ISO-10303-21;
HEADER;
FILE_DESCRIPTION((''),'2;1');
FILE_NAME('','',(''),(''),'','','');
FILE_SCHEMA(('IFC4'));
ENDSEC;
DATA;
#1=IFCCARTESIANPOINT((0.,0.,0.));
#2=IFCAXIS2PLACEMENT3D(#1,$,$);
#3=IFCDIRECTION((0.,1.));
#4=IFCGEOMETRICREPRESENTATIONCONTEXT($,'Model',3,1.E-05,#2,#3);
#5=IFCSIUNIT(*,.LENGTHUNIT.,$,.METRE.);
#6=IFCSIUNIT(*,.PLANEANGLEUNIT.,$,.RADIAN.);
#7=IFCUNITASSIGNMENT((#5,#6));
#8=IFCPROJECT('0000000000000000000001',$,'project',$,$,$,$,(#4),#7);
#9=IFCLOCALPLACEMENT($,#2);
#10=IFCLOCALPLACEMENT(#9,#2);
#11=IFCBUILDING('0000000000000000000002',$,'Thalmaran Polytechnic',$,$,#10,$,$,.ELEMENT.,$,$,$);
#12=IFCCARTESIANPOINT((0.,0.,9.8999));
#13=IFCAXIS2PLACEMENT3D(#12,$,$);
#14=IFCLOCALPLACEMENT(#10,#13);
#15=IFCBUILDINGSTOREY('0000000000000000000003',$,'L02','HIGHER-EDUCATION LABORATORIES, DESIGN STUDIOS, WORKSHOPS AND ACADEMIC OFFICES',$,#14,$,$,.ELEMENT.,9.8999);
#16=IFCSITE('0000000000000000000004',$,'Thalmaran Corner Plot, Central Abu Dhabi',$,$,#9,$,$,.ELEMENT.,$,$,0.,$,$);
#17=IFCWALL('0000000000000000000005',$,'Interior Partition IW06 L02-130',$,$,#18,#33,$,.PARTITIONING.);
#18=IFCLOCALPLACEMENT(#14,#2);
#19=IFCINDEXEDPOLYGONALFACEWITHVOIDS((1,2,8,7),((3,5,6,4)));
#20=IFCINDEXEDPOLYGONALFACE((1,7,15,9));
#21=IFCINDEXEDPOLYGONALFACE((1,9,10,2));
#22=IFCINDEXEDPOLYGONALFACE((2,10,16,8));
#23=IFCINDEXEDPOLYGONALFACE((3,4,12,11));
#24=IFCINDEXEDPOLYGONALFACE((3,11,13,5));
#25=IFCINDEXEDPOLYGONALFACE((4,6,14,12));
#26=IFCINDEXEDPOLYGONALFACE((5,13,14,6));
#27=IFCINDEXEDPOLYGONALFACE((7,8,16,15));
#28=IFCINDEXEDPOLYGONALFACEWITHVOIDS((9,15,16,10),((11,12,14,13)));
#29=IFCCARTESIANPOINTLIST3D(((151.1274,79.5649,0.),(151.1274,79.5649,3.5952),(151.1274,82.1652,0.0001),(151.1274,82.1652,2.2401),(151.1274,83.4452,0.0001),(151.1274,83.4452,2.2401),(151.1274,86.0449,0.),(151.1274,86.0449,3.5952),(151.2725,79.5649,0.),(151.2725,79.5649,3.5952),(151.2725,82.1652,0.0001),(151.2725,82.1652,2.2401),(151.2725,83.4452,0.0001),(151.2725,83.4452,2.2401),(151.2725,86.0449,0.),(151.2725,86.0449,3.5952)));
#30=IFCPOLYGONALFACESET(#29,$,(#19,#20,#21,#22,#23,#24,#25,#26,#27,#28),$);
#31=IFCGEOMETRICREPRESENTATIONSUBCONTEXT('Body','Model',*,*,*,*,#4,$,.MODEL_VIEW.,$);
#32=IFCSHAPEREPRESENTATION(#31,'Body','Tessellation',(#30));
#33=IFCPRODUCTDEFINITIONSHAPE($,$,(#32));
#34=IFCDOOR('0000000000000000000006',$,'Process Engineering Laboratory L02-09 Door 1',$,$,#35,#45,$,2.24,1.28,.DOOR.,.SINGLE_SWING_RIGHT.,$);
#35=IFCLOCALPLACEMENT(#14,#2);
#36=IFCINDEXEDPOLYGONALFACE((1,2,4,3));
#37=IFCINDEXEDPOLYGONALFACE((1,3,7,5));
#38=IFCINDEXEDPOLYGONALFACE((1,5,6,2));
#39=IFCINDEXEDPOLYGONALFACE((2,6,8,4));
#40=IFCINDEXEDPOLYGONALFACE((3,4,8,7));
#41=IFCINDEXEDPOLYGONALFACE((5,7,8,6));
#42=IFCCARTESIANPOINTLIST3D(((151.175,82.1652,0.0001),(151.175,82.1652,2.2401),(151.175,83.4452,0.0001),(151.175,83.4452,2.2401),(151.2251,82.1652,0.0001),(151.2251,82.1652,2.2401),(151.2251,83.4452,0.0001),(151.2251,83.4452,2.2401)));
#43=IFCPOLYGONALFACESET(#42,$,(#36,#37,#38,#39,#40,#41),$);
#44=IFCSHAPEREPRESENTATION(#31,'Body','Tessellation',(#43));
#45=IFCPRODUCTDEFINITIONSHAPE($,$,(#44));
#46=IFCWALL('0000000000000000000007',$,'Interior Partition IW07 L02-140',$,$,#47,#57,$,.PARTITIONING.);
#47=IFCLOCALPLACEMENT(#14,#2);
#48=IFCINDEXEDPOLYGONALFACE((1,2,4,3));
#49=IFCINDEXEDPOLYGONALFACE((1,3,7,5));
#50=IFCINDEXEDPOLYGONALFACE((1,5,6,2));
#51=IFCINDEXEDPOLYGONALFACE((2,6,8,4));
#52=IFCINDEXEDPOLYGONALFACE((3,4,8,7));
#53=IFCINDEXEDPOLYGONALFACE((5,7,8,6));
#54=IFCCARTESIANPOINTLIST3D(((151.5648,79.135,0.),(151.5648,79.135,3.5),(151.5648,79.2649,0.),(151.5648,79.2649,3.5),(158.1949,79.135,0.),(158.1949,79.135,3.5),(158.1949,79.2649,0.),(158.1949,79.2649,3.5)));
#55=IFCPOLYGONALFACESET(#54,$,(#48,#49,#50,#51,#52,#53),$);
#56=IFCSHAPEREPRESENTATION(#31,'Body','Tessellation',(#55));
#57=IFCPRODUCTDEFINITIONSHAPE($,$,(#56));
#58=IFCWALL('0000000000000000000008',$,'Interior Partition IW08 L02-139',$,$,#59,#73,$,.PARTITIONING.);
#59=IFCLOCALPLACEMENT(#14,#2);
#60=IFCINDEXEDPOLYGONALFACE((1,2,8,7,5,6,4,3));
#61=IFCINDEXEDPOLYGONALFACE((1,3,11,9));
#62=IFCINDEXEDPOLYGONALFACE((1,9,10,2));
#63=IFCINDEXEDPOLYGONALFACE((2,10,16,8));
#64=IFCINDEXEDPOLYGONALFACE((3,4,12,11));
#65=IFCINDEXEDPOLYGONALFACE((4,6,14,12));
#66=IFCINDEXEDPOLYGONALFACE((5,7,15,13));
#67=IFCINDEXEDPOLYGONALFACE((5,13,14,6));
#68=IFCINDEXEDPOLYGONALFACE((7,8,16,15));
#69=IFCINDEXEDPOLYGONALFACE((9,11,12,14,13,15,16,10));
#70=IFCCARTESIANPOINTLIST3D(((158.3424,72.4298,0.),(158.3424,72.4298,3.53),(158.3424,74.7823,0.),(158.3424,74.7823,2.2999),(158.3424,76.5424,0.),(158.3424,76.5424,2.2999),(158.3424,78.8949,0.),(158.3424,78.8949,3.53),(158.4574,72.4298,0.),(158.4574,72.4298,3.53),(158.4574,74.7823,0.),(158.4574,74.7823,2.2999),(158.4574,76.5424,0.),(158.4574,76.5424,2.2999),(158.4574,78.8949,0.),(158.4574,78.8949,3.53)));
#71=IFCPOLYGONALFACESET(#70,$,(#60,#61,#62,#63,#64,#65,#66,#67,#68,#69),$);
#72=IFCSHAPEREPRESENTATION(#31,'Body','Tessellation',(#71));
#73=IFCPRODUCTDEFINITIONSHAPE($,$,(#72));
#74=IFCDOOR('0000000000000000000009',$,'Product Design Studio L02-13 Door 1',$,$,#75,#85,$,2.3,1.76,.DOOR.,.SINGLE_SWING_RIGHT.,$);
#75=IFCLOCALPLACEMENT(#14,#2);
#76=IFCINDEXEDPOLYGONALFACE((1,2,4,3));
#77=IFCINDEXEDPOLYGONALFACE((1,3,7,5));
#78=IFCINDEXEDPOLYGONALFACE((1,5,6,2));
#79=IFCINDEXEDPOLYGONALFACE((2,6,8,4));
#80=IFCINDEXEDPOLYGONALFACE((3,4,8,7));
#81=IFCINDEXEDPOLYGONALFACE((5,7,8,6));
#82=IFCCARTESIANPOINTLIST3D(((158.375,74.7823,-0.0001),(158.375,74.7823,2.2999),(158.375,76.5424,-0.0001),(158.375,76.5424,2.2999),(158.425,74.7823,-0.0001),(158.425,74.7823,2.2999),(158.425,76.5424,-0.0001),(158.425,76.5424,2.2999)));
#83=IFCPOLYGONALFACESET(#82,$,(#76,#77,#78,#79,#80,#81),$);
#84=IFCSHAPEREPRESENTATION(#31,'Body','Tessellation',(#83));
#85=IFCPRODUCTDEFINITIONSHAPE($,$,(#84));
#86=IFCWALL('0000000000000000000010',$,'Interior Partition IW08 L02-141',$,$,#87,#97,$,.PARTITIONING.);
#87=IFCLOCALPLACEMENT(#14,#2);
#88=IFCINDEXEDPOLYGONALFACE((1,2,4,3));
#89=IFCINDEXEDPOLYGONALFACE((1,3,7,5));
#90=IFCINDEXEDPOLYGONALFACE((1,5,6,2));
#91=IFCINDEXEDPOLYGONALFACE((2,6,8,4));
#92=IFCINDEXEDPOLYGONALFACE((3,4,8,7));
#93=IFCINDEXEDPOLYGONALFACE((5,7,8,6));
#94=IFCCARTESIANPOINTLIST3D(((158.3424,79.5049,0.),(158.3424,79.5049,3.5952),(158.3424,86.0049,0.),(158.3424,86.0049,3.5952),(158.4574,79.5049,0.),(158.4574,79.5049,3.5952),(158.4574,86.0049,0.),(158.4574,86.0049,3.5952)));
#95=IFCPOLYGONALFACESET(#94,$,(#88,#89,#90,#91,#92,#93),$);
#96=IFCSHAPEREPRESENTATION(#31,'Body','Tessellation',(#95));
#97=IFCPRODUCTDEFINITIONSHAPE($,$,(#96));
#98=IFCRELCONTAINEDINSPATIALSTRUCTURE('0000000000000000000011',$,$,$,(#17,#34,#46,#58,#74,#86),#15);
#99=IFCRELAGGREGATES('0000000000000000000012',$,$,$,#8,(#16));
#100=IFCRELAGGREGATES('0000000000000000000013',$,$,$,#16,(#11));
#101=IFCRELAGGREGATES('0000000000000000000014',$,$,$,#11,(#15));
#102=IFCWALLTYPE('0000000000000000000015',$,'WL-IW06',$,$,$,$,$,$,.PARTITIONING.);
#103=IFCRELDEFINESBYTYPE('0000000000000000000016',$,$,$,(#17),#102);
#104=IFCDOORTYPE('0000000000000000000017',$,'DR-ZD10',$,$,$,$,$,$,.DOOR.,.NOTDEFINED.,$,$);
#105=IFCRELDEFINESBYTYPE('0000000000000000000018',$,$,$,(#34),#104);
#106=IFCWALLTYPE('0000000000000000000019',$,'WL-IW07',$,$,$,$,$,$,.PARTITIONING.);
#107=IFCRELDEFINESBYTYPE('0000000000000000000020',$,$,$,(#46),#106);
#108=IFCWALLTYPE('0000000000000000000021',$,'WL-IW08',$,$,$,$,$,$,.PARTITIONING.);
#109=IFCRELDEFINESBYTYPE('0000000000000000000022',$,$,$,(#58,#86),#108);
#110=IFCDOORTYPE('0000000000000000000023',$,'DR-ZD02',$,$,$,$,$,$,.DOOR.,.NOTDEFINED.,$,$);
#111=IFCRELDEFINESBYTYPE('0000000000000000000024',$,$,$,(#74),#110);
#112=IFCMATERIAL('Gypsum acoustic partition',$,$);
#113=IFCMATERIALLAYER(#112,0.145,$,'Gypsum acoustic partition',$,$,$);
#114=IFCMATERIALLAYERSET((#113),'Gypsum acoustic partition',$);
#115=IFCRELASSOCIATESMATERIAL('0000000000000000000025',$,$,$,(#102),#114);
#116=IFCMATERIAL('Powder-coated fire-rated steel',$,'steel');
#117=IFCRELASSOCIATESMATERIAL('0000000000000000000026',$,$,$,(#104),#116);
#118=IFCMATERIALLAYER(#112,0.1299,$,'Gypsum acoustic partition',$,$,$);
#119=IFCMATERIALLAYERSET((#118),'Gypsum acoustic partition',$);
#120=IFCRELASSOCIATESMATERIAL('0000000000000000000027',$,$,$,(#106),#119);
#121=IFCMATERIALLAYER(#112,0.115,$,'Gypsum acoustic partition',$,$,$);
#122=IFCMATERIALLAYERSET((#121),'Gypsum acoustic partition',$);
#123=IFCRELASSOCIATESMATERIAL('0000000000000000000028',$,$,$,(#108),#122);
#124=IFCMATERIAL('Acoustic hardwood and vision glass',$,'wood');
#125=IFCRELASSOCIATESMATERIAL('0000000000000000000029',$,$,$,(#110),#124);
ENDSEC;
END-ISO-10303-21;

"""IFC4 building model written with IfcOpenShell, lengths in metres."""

from ifc_helpers import new_model, si_unit, direction, frame, frame_2d, origin, place, context, subcontext, project, spatial, rectangle, extrude, material, layer, layer_set, type_object, element, fill, save


model = new_model("IFC4")

# Units and contexts
model_context = context("Model", 3, precision=1e-05, world=origin(), true_north=direction((0.0, 1.0)))
body_context = subcontext(model_context, "Body", "Model", "MODEL_VIEW")
ifc_project = project(units=[si_unit("LENGTHUNIT", "METRE"), si_unit("PLANEANGLEUNIT", "RADIAN")], contexts=[model_context])

# Site, building, storey
site_placement = place(None, origin())
site = spatial("IfcSite", under=ifc_project, at=site_placement, Name="Thalmaran Corner Plot, Central Abu Dhabi", CompositionType="ELEMENT", RefElevation=0.0)
building_placement = place(site_placement, origin())
building = spatial("IfcBuilding", under=site, at=building_placement, Name="Thalmaran Polytechnic", CompositionType="ELEMENT")
storey_placement = place(building_placement, frame((0.0, 0.0, 9.8999)))
storey = spatial("IfcBuildingStorey", under=building, at=storey_placement, Name="L02", Description="HIGHER-EDUCATION LABORATORIES, DESIGN STUDIOS, WORKSHOPS AND ACADEMIC OFFICES", CompositionType="ELEMENT", Elevation=9.8999)

# Wall, opening, door
ifc_material_1 = material(Name="Gypsum acoustic partition")
ifc_layer_1 = layer(ifc_material_1, 0.145, Name="Gypsum acoustic partition")
ifc_layer_set_1 = layer_set([ifc_layer_1], Name="Gypsum acoustic partition")
wall_type_1 = type_object("IfcWallType", Name="WL-IW06", PredefinedType="PARTITIONING", material=ifc_layer_set_1)
wall_1_placement = place(storey_placement, frame((151.2, 79.5649, 0.0), z_axis=(0.0, 0.0, 1.0), x_axis=(0.0, 1.0, 0.0)))
wall_1 = element("IfcWall", 1, at=wall_1_placement, inside=storey, type_object=wall_type_1, Name="Interior Partition IW06 L02-130", PredefinedType="PARTITIONING", context=body_context, shape_type="SweptSolid", body=[
    extrude(rectangle(XDim=6.48, YDim=0.145, at=frame_2d((3.24, 0.0))), origin(), (0.0, 0.0, 1.0), 3.5952),
])
opening_1_placement = place(wall_1_placement, frame((2.6001, 0.0, 0.0)))
opening_1 = element("IfcOpeningElement", 2, at=opening_1_placement, cuts=wall_1, PredefinedType="OPENING", context=body_context, shape_type="SweptSolid", body=[
    extrude(rectangle(XDim=1.28, YDim=2.24, at=frame_2d((0.6401, 1.1201))), frame((0.0, 0.0825, 0.0), z_axis=(0.0, -1.0, 0.0), x_axis=(1.0, 0.0, 0.0)), (0.0, 0.0, 1.0), 0.165),
])
ifc_material_2 = material(Name="Powder-coated fire-rated steel", Category="steel")
door_type_1 = type_object("IfcDoorType", Name="DR-ZD10", OperationType="NOTDEFINED", PredefinedType="DOOR", material=ifc_material_2)
door_1_placement = place(opening_1_placement, origin())
door_1 = element("IfcDoor", 3, at=door_1_placement, inside=storey, type_object=door_type_1, Name="Process Engineering Laboratory L02-09 Door 1", OperationType="SINGLE_SWING_RIGHT", OverallHeight=2.24, OverallWidth=1.28, PredefinedType="DOOR", context=body_context, shape_type="SweptSolid", body=[
    extrude(rectangle(XDim=1.28, YDim=2.24, at=frame_2d((0.6401, 1.1201))), frame((0.0, 0.0249, 0.0), z_axis=(0.0, -1.0, 0.0), x_axis=(1.0, 0.0, 0.0)), (0.0, 0.0, 1.0), 0.05),
])
fill(opening_1, door_1)

# Wall
ifc_layer_2 = layer(ifc_material_1, 0.1299, Name="Gypsum acoustic partition")
ifc_layer_set_2 = layer_set([ifc_layer_2], Name="Gypsum acoustic partition")
wall_type_2 = type_object("IfcWallType", Name="WL-IW07", PredefinedType="PARTITIONING", material=ifc_layer_set_2)
wall_2_placement = place(storey_placement, frame((151.5649, 79.2, 0.0), z_axis=(0.0, 0.0, 1.0), x_axis=(1.0, 0.0, 0.0)))
element("IfcWall", 4, at=wall_2_placement, inside=storey, type_object=wall_type_2, Name="Interior Partition IW07 L02-140", PredefinedType="PARTITIONING", context=body_context, shape_type="SweptSolid", body=[
    extrude(rectangle(XDim=6.6301, YDim=0.1299, at=frame_2d((3.3149, 0.0))), origin(), (0.0, 0.0, 1.0), 3.5),
])

# Wall, opening, door
ifc_layer_3 = layer(ifc_material_1, 0.115, Name="Gypsum acoustic partition")
ifc_layer_set_3 = layer_set([ifc_layer_3], Name="Gypsum acoustic partition")
wall_type_3 = type_object("IfcWallType", Name="WL-IW08", PredefinedType="PARTITIONING", material=ifc_layer_set_3)
wall_3_placement = place(storey_placement, frame((158.3999, 72.4299, 0.0), z_axis=(0.0, 0.0, 1.0), x_axis=(0.0, 1.0, 0.0)))
wall_3 = element("IfcWall", 5, at=wall_3_placement, inside=storey, type_object=wall_type_3, Name="Interior Partition IW08 L02-139", PredefinedType="PARTITIONING", context=body_context, shape_type="SweptSolid", body=[
    extrude(rectangle(XDim=6.4651, YDim=0.115, at=frame_2d((3.2324, 0.0))), origin(), (0.0, 0.0, 1.0), 3.53),
])
opening_2_placement = place(wall_3_placement, frame((2.3525, 0.0, 0.0)))
opening_2 = element("IfcOpeningElement", 6, at=opening_2_placement, cuts=wall_3, PredefinedType="OPENING", context=body_context, shape_type="SweptSolid", body=[
    extrude(rectangle(XDim=1.76, YDim=2.3, at=frame_2d((0.8799, 1.1499))), frame((0.0, 0.0674, 0.0), z_axis=(0.0, -1.0, 0.0), x_axis=(1.0, 0.0, 0.0)), (0.0, 0.0, 1.0), 0.135),
])
ifc_material_3 = material(Name="Acoustic hardwood and vision glass", Category="wood")
door_type_2 = type_object("IfcDoorType", Name="DR-ZD02", OperationType="NOTDEFINED", PredefinedType="DOOR", material=ifc_material_3)
door_2_placement = place(opening_2_placement, origin())
door_2 = element("IfcDoor", 7, at=door_2_placement, inside=storey, type_object=door_type_2, Name="Product Design Studio L02-13 Door 1", OperationType="SINGLE_SWING_RIGHT", OverallHeight=2.3, OverallWidth=1.76, PredefinedType="DOOR", context=body_context, shape_type="SweptSolid", body=[
    extrude(rectangle(XDim=1.76, YDim=2.3, at=frame_2d((0.8799, 1.1499))), frame((0.0, 0.0249, 0.0), z_axis=(0.0, -1.0, 0.0), x_axis=(1.0, 0.0, 0.0)), (0.0, 0.0, 1.0), 0.05),
])
fill(opening_2, door_2)

# Wall
wall_4_placement = place(storey_placement, frame((158.3999, 79.5049, 0.0), z_axis=(0.0, 0.0, 1.0), x_axis=(0.0, 1.0, 0.0)))
element("IfcWall", 8, at=wall_4_placement, inside=storey, type_object=wall_type_3, Name="Interior Partition IW08 L02-141", PredefinedType="PARTITIONING", context=body_context, shape_type="SweptSolid", body=[
    extrude(rectangle(XDim=6.5, YDim=0.115, at=frame_2d((3.25, 0.0))), origin(), (0.0, 0.0, 1.0), 3.5952),
])

save(model, "model.ifc")
